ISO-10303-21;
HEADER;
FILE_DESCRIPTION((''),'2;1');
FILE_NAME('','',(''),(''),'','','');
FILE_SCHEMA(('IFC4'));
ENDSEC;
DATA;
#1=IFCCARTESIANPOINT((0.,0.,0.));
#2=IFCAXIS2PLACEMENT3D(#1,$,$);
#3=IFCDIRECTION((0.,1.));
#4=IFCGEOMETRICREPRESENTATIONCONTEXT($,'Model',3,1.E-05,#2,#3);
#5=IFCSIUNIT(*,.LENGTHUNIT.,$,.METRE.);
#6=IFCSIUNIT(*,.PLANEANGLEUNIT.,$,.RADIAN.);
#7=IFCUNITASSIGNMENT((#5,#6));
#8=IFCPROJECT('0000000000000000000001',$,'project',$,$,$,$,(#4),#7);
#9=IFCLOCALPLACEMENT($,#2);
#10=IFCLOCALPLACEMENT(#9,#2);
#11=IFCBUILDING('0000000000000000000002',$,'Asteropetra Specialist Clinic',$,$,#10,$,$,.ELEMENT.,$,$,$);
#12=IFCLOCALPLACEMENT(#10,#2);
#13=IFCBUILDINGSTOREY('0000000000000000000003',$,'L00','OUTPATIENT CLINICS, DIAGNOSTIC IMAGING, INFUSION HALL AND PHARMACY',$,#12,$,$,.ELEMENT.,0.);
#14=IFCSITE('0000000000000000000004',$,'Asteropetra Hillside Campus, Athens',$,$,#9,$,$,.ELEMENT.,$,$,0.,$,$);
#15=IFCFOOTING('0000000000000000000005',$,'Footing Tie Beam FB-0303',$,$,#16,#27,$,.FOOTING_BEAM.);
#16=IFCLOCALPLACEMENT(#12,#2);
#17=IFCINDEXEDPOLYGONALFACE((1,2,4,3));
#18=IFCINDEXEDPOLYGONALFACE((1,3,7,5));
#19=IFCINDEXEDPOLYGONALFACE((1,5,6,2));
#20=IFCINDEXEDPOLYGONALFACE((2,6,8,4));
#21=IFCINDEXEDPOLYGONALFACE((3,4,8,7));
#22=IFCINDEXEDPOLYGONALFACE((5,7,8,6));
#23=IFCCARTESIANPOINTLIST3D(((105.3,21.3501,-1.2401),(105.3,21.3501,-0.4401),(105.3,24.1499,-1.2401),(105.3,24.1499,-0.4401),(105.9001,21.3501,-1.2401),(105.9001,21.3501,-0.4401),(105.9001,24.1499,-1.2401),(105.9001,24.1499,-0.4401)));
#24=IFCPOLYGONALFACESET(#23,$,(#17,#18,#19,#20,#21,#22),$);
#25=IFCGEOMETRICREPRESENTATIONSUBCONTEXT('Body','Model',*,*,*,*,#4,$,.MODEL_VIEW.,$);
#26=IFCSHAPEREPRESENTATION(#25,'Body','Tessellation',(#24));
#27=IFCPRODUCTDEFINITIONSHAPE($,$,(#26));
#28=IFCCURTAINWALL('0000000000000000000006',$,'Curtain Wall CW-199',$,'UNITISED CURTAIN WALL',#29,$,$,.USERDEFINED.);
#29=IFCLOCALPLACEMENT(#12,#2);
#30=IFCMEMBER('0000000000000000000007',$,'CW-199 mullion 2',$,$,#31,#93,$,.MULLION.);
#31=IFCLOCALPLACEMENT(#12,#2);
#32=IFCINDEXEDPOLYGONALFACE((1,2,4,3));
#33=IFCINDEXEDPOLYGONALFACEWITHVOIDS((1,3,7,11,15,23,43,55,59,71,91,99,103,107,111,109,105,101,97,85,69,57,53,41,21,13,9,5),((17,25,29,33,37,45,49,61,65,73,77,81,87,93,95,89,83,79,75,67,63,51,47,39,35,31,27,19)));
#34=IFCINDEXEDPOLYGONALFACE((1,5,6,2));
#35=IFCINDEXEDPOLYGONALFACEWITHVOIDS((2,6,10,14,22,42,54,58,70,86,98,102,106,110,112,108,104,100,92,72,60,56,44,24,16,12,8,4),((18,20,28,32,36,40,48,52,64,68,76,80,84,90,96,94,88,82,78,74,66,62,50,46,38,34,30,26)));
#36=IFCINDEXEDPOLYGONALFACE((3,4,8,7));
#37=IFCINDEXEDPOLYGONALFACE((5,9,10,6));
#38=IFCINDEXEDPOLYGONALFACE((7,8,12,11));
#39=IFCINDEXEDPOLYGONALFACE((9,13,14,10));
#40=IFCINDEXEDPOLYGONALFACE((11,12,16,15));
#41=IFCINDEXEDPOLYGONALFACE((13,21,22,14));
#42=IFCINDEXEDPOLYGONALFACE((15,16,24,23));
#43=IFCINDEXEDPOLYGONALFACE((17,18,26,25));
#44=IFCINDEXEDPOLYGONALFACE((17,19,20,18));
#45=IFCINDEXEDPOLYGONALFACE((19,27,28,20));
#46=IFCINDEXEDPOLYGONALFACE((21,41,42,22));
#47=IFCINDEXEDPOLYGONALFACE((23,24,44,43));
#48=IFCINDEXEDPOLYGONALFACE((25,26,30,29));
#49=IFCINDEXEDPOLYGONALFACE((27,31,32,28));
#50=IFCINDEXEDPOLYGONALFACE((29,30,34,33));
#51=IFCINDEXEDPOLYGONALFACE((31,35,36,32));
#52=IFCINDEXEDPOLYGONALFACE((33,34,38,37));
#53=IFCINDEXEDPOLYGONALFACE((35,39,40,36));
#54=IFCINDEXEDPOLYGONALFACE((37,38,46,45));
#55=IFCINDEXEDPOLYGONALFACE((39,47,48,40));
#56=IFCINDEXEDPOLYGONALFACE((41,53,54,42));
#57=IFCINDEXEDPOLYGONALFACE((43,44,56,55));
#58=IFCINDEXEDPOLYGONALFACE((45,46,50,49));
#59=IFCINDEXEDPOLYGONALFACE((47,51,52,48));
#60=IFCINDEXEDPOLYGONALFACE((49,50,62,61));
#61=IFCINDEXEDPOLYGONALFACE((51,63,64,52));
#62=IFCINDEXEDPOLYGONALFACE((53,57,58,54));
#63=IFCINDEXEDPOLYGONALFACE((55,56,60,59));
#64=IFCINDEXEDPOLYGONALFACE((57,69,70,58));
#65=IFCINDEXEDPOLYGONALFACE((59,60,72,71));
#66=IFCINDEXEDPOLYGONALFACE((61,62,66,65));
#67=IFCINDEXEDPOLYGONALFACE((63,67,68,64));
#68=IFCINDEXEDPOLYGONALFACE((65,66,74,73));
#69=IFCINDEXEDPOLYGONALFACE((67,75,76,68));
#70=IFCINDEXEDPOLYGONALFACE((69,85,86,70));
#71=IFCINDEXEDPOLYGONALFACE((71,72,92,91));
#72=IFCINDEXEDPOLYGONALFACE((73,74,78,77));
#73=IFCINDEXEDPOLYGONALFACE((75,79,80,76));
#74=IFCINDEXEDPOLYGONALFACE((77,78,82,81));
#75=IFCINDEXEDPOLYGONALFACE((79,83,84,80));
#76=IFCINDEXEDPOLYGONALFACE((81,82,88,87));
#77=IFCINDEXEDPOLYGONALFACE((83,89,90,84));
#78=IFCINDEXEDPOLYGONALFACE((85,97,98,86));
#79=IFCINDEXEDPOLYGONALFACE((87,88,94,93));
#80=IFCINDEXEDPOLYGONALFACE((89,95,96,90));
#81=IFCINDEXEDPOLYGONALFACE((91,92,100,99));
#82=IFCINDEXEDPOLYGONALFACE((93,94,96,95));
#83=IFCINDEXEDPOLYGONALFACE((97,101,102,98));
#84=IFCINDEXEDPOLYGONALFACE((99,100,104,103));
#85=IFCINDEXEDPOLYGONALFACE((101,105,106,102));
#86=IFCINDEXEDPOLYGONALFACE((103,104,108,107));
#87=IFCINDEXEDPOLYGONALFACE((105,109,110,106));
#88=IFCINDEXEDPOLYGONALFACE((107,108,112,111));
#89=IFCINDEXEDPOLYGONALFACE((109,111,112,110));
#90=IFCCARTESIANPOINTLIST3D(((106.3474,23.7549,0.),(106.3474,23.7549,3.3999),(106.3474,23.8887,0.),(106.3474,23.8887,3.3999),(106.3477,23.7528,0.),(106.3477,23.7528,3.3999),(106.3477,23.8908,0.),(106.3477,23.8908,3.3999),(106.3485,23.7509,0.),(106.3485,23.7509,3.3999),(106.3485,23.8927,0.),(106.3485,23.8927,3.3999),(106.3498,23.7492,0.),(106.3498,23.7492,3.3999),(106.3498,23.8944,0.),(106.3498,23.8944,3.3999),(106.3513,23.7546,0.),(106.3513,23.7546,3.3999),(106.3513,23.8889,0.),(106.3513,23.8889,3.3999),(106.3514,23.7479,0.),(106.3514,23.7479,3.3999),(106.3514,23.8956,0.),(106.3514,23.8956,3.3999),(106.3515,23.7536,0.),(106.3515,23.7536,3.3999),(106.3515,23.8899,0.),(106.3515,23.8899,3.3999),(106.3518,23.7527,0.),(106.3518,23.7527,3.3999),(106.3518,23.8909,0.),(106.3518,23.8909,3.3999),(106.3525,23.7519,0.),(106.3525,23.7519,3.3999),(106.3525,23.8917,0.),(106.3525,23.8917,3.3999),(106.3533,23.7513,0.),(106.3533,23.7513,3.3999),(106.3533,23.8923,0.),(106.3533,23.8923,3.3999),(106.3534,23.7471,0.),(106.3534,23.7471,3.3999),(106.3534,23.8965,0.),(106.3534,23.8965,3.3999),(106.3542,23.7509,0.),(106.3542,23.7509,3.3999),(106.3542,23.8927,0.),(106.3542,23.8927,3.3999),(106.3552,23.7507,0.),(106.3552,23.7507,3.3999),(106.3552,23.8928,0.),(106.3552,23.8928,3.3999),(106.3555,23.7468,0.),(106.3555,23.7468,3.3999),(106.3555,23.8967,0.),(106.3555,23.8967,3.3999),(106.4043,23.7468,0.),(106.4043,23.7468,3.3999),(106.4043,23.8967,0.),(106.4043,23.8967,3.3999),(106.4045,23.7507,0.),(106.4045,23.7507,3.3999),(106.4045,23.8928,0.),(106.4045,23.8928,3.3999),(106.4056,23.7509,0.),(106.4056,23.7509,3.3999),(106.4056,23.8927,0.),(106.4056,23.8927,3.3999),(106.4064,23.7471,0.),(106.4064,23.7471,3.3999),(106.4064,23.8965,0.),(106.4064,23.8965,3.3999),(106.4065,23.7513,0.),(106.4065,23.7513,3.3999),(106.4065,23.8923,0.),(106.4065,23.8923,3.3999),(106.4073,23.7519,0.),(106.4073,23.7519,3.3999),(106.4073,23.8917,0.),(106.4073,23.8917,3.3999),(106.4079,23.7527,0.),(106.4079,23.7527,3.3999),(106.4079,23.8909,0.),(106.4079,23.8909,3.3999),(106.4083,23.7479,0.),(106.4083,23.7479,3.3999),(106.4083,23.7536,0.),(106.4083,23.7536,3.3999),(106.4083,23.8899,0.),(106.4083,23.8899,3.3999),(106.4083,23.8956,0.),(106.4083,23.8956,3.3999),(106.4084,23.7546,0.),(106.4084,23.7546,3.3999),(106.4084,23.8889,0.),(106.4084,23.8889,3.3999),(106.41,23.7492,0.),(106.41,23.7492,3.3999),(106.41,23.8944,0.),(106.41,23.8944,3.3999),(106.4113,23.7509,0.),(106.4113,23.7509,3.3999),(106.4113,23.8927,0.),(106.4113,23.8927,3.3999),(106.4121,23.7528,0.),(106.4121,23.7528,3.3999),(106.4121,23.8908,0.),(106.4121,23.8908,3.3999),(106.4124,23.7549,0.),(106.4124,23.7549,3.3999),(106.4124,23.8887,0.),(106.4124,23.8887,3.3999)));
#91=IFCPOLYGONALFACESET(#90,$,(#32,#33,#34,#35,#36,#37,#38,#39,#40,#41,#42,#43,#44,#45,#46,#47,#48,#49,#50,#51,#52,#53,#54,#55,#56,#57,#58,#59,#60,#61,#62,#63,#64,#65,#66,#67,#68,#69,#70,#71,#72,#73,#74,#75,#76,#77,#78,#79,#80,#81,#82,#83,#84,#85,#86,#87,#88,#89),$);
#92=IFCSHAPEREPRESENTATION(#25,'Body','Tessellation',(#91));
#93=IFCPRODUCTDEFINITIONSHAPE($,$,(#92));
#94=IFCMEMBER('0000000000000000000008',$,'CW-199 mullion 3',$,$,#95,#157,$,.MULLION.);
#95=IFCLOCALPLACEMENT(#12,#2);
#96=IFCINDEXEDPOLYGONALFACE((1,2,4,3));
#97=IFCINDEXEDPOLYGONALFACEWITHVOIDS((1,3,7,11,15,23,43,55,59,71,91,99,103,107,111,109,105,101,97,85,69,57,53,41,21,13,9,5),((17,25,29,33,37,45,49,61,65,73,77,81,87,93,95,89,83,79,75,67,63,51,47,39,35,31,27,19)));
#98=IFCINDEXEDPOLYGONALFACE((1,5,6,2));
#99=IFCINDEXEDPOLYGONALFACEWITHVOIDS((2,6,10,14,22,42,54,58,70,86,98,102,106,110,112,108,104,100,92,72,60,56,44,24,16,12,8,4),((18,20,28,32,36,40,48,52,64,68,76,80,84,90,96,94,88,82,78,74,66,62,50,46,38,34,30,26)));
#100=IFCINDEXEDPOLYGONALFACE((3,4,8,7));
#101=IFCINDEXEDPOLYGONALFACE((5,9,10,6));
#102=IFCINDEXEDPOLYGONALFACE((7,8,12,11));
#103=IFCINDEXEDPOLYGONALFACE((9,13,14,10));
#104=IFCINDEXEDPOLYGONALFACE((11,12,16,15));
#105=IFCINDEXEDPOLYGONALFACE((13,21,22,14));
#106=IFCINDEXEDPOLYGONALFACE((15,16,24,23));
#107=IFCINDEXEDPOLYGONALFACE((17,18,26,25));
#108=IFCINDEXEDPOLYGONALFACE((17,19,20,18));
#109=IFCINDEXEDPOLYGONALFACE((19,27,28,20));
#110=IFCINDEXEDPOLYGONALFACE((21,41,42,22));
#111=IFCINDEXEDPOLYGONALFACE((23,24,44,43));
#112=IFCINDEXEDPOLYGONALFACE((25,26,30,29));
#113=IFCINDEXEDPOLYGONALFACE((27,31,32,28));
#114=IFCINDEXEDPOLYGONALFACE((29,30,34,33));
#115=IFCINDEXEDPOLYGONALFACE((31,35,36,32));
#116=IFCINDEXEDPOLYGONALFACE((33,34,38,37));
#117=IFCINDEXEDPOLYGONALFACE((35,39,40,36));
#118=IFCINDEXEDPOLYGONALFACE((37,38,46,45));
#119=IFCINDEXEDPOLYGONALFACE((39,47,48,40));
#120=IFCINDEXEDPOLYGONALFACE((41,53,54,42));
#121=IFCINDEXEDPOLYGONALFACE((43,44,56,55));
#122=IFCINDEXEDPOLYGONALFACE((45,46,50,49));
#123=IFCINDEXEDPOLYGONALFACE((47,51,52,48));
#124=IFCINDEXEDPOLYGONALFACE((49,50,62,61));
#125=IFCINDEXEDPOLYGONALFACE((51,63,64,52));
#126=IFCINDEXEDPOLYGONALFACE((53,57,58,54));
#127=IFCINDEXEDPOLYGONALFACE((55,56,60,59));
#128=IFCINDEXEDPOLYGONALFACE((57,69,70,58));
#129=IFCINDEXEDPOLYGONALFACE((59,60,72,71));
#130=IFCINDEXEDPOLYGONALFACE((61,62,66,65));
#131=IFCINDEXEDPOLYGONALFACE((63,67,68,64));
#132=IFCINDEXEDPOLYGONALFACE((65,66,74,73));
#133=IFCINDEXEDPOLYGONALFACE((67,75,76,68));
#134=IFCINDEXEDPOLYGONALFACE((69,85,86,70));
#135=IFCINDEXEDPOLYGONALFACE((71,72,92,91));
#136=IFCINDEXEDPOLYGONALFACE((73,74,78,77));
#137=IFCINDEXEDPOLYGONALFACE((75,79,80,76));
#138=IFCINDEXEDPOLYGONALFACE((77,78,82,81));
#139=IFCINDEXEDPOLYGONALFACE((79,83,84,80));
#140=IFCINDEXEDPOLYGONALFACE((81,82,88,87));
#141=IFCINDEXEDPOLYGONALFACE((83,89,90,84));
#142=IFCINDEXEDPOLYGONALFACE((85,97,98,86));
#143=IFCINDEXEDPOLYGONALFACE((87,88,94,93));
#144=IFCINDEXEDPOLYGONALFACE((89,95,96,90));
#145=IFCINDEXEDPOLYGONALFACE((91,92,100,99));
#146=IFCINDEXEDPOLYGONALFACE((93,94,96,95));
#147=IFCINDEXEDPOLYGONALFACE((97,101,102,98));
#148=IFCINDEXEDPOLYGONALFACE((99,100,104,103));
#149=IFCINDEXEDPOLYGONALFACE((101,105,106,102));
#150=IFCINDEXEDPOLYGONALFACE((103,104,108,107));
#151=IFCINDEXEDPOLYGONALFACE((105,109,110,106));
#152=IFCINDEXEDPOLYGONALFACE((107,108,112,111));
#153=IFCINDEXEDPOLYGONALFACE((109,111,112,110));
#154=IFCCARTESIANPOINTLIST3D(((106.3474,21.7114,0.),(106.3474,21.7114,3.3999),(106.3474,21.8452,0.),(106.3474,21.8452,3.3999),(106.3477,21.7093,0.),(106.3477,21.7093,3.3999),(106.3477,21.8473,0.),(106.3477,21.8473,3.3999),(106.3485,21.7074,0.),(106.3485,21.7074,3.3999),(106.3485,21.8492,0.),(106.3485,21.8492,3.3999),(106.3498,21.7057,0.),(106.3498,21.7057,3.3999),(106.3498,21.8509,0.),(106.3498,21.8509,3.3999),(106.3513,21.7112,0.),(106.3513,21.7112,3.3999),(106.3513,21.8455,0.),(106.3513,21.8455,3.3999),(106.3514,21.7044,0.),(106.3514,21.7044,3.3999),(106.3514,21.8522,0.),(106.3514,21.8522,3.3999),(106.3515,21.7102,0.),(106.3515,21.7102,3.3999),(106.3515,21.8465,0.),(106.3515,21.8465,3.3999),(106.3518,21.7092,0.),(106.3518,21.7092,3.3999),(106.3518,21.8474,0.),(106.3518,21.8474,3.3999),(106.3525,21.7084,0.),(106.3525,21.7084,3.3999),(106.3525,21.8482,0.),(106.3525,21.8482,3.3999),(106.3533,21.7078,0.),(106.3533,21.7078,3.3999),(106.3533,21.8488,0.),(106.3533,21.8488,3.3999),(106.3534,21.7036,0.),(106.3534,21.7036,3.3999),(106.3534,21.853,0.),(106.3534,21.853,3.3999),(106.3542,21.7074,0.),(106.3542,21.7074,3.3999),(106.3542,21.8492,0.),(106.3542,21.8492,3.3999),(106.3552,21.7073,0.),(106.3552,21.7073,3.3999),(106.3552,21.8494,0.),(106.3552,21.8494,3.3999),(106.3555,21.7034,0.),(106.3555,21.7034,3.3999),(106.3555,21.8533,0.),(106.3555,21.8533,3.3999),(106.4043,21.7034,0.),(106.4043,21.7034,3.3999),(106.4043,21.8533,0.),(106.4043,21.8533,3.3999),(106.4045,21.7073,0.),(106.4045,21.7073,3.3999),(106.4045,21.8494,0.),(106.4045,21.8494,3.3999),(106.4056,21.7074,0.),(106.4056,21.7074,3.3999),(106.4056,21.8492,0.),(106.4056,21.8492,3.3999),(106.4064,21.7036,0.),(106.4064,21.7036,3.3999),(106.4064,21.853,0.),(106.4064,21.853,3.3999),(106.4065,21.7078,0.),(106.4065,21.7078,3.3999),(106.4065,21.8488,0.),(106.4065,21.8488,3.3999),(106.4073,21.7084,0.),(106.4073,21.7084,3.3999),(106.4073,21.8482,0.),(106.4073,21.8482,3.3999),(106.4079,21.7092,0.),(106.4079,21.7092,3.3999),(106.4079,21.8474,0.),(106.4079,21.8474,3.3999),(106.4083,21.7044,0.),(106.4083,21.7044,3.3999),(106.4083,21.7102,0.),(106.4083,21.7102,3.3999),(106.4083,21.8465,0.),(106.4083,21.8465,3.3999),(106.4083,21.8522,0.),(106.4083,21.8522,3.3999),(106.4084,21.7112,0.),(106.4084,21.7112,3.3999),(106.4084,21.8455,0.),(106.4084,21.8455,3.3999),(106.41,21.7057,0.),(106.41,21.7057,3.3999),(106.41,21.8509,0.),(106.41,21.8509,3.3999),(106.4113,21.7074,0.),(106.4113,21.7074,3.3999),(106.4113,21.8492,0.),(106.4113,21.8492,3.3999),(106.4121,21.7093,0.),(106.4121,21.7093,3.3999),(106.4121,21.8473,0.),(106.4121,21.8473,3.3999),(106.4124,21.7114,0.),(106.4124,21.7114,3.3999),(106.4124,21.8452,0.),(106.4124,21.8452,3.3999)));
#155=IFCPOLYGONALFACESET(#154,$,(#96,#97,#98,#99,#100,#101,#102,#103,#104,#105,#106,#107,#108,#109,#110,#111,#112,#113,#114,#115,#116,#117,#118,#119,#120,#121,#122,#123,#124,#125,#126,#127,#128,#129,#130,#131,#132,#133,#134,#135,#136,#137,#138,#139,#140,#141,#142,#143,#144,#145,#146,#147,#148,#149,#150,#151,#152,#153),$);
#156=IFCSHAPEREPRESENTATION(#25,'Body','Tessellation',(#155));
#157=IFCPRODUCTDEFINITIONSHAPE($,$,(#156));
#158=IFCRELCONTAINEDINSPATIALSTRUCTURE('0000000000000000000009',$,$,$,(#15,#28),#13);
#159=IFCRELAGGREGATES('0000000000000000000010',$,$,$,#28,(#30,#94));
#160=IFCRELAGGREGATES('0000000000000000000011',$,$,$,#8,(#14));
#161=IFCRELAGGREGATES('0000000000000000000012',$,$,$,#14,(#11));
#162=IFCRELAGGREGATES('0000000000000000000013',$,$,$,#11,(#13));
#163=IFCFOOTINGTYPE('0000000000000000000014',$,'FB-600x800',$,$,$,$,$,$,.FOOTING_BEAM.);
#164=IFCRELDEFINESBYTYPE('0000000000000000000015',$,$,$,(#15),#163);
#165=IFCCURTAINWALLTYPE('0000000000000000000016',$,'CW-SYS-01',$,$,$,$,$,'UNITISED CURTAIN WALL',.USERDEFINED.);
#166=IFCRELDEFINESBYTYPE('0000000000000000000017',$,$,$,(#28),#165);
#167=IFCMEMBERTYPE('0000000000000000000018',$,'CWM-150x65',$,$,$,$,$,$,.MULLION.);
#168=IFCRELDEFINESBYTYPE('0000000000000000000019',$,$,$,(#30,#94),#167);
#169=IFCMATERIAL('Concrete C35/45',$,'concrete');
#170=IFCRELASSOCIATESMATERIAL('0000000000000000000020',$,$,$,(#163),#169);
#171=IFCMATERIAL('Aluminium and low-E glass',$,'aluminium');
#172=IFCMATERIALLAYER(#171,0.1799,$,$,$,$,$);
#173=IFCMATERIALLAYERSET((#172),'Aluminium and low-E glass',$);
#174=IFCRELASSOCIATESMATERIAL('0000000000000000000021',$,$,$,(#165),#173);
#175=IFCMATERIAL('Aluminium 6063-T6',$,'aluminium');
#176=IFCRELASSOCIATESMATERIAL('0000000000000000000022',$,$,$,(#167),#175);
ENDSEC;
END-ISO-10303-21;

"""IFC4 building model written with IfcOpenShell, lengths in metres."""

from ifc_helpers import new_model, si_unit, direction, frame, origin, origin_2d, place, context, subcontext, project, spatial, rectangle, hollow_rectangle, extrude, material, layer, layer_set, material_profile, profile_set, type_object, element, aggregate, save


model = new_model("IFC4")

# Units and contexts
model_context = context("Model", 3, precision=1e-05, world=origin(), true_north=direction((0.0, 1.0)))
body_context = subcontext(model_context, "Body", "Model", "MODEL_VIEW")
ifc_project = project(units=[si_unit("LENGTHUNIT", "METRE"), si_unit("PLANEANGLEUNIT", "RADIAN")], contexts=[model_context])

# Site, building, storey
site_placement = place(None, origin())
site = spatial("IfcSite", under=ifc_project, at=site_placement, Name="Asteropetra Hillside Campus, Athens", CompositionType="ELEMENT", RefElevation=0.0)
building_placement = place(site_placement, origin())
building = spatial("IfcBuilding", under=site, at=building_placement, Name="Asteropetra Specialist Clinic", CompositionType="ELEMENT")
storey_placement = place(building_placement, origin())
storey = spatial("IfcBuildingStorey", under=building, at=storey_placement, Name="L00", Description="OUTPATIENT CLINICS, DIAGNOSTIC IMAGING, INFUSION HALL AND PHARMACY", CompositionType="ELEMENT", Elevation=0.0)

# Footing
ifc_material_1 = material(Name="Concrete C35/45", Category="concrete")
ifc_material_profile_1 = material_profile(ifc_material_1, rectangle(XDim=0.6001, YDim=0.8, at=origin_2d()), Name="FB 600x800")
ifc_profile_set_1 = profile_set([ifc_material_profile_1], Name="Concrete C35/45")
footing_type = type_object("IfcFootingType", Name="FB-600x800", PredefinedType="FOOTING_BEAM", material=ifc_profile_set_1)
footing_placement = place(storey_placement, frame((105.6001, 21.3501, -0.8401), z_axis=(0.0, 1.0, 0.0), x_axis=(-1.0, 0.0, 0.0)))
element("IfcFooting", 1, at=footing_placement, inside=storey, type_object=footing_type, Name="Footing Tie Beam FB-0303", PredefinedType="FOOTING_BEAM", context=body_context, shape_type="SweptSolid", body=[
    extrude(rectangle(XDim=0.6001, YDim=0.8, at=origin_2d()), origin(), (0.0, 0.0, 1.0), 2.7998),
])

# Curtain wall, members
ifc_material_2 = material(Name="Aluminium and low-E glass", Category="aluminium")
ifc_layer_1 = layer(ifc_material_2, 0.1799)
ifc_layer_set_1 = layer_set([ifc_layer_1], Name="Aluminium and low-E glass")
curtain_wall_type = type_object("IfcCurtainWallType", Name="CW-SYS-01", ElementType="UNITISED CURTAIN WALL", PredefinedType="USERDEFINED", material=ifc_layer_set_1)
curtain_wall_placement = place(storey_placement, origin())
curtain_wall = element("IfcCurtainWall", 2, at=curtain_wall_placement, inside=storey, type_object=curtain_wall_type, Name="Curtain Wall CW-199", ObjectType="UNITISED CURTAIN WALL", PredefinedType="USERDEFINED")
ifc_material_3 = material(Name="Aluminium 6063-T6", Category="aluminium")
ifc_material_profile_2 = material_profile(ifc_material_3, hollow_rectangle(XDim=0.0649, YDim=0.1499, WallThickness=0.0039, InnerFilletRadius=0.0039, OuterFilletRadius=0.0081, at=origin_2d()), Name="MUL 150x65x4.0")
ifc_profile_set_2 = profile_set([ifc_material_profile_2], Name="Aluminium 6063-T6")
member_type_1 = type_object("IfcMemberType", Name="CWM-150x65", PredefinedType="MULLION", material=ifc_profile_set_2)
member_1_placement = place(storey_placement, frame((106.3799, 23.8218, 0.0), z_axis=(0.0, 0.0, 1.0), x_axis=(1.0, 0.0, 0.0)))
member_1 = element("IfcMember", 3, at=member_1_placement, type_object=member_type_1, Name="CW-199 mullion 2", PredefinedType="MULLION", context=body_context, shape_type="SweptSolid", body=[
    extrude(hollow_rectangle(XDim=0.0649, YDim=0.1499, WallThickness=0.0039, InnerFilletRadius=0.0039, OuterFilletRadius=0.0081, at=origin_2d()), origin(), (0.0, 0.0, 1.0), 3.3999),
])
member_2_placement = place(storey_placement, frame((106.3799, 21.7783, 0.0), z_axis=(0.0, 0.0, 1.0), x_axis=(1.0, 0.0, 0.0)))
member_2 = element("IfcMember", 4, at=member_2_placement, type_object=member_type_1, Name="CW-199 mullion 3", PredefinedType="MULLION", context=body_context, shape_type="SweptSolid", body=[
    extrude(hollow_rectangle(XDim=0.0649, YDim=0.1499, WallThickness=0.0039, InnerFilletRadius=0.0039, OuterFilletRadius=0.0081, at=origin_2d()), origin(), (0.0, 0.0, 1.0), 3.3999),
])
aggregate(curtain_wall, [member_1, member_2])

save(model, "model.ifc")
